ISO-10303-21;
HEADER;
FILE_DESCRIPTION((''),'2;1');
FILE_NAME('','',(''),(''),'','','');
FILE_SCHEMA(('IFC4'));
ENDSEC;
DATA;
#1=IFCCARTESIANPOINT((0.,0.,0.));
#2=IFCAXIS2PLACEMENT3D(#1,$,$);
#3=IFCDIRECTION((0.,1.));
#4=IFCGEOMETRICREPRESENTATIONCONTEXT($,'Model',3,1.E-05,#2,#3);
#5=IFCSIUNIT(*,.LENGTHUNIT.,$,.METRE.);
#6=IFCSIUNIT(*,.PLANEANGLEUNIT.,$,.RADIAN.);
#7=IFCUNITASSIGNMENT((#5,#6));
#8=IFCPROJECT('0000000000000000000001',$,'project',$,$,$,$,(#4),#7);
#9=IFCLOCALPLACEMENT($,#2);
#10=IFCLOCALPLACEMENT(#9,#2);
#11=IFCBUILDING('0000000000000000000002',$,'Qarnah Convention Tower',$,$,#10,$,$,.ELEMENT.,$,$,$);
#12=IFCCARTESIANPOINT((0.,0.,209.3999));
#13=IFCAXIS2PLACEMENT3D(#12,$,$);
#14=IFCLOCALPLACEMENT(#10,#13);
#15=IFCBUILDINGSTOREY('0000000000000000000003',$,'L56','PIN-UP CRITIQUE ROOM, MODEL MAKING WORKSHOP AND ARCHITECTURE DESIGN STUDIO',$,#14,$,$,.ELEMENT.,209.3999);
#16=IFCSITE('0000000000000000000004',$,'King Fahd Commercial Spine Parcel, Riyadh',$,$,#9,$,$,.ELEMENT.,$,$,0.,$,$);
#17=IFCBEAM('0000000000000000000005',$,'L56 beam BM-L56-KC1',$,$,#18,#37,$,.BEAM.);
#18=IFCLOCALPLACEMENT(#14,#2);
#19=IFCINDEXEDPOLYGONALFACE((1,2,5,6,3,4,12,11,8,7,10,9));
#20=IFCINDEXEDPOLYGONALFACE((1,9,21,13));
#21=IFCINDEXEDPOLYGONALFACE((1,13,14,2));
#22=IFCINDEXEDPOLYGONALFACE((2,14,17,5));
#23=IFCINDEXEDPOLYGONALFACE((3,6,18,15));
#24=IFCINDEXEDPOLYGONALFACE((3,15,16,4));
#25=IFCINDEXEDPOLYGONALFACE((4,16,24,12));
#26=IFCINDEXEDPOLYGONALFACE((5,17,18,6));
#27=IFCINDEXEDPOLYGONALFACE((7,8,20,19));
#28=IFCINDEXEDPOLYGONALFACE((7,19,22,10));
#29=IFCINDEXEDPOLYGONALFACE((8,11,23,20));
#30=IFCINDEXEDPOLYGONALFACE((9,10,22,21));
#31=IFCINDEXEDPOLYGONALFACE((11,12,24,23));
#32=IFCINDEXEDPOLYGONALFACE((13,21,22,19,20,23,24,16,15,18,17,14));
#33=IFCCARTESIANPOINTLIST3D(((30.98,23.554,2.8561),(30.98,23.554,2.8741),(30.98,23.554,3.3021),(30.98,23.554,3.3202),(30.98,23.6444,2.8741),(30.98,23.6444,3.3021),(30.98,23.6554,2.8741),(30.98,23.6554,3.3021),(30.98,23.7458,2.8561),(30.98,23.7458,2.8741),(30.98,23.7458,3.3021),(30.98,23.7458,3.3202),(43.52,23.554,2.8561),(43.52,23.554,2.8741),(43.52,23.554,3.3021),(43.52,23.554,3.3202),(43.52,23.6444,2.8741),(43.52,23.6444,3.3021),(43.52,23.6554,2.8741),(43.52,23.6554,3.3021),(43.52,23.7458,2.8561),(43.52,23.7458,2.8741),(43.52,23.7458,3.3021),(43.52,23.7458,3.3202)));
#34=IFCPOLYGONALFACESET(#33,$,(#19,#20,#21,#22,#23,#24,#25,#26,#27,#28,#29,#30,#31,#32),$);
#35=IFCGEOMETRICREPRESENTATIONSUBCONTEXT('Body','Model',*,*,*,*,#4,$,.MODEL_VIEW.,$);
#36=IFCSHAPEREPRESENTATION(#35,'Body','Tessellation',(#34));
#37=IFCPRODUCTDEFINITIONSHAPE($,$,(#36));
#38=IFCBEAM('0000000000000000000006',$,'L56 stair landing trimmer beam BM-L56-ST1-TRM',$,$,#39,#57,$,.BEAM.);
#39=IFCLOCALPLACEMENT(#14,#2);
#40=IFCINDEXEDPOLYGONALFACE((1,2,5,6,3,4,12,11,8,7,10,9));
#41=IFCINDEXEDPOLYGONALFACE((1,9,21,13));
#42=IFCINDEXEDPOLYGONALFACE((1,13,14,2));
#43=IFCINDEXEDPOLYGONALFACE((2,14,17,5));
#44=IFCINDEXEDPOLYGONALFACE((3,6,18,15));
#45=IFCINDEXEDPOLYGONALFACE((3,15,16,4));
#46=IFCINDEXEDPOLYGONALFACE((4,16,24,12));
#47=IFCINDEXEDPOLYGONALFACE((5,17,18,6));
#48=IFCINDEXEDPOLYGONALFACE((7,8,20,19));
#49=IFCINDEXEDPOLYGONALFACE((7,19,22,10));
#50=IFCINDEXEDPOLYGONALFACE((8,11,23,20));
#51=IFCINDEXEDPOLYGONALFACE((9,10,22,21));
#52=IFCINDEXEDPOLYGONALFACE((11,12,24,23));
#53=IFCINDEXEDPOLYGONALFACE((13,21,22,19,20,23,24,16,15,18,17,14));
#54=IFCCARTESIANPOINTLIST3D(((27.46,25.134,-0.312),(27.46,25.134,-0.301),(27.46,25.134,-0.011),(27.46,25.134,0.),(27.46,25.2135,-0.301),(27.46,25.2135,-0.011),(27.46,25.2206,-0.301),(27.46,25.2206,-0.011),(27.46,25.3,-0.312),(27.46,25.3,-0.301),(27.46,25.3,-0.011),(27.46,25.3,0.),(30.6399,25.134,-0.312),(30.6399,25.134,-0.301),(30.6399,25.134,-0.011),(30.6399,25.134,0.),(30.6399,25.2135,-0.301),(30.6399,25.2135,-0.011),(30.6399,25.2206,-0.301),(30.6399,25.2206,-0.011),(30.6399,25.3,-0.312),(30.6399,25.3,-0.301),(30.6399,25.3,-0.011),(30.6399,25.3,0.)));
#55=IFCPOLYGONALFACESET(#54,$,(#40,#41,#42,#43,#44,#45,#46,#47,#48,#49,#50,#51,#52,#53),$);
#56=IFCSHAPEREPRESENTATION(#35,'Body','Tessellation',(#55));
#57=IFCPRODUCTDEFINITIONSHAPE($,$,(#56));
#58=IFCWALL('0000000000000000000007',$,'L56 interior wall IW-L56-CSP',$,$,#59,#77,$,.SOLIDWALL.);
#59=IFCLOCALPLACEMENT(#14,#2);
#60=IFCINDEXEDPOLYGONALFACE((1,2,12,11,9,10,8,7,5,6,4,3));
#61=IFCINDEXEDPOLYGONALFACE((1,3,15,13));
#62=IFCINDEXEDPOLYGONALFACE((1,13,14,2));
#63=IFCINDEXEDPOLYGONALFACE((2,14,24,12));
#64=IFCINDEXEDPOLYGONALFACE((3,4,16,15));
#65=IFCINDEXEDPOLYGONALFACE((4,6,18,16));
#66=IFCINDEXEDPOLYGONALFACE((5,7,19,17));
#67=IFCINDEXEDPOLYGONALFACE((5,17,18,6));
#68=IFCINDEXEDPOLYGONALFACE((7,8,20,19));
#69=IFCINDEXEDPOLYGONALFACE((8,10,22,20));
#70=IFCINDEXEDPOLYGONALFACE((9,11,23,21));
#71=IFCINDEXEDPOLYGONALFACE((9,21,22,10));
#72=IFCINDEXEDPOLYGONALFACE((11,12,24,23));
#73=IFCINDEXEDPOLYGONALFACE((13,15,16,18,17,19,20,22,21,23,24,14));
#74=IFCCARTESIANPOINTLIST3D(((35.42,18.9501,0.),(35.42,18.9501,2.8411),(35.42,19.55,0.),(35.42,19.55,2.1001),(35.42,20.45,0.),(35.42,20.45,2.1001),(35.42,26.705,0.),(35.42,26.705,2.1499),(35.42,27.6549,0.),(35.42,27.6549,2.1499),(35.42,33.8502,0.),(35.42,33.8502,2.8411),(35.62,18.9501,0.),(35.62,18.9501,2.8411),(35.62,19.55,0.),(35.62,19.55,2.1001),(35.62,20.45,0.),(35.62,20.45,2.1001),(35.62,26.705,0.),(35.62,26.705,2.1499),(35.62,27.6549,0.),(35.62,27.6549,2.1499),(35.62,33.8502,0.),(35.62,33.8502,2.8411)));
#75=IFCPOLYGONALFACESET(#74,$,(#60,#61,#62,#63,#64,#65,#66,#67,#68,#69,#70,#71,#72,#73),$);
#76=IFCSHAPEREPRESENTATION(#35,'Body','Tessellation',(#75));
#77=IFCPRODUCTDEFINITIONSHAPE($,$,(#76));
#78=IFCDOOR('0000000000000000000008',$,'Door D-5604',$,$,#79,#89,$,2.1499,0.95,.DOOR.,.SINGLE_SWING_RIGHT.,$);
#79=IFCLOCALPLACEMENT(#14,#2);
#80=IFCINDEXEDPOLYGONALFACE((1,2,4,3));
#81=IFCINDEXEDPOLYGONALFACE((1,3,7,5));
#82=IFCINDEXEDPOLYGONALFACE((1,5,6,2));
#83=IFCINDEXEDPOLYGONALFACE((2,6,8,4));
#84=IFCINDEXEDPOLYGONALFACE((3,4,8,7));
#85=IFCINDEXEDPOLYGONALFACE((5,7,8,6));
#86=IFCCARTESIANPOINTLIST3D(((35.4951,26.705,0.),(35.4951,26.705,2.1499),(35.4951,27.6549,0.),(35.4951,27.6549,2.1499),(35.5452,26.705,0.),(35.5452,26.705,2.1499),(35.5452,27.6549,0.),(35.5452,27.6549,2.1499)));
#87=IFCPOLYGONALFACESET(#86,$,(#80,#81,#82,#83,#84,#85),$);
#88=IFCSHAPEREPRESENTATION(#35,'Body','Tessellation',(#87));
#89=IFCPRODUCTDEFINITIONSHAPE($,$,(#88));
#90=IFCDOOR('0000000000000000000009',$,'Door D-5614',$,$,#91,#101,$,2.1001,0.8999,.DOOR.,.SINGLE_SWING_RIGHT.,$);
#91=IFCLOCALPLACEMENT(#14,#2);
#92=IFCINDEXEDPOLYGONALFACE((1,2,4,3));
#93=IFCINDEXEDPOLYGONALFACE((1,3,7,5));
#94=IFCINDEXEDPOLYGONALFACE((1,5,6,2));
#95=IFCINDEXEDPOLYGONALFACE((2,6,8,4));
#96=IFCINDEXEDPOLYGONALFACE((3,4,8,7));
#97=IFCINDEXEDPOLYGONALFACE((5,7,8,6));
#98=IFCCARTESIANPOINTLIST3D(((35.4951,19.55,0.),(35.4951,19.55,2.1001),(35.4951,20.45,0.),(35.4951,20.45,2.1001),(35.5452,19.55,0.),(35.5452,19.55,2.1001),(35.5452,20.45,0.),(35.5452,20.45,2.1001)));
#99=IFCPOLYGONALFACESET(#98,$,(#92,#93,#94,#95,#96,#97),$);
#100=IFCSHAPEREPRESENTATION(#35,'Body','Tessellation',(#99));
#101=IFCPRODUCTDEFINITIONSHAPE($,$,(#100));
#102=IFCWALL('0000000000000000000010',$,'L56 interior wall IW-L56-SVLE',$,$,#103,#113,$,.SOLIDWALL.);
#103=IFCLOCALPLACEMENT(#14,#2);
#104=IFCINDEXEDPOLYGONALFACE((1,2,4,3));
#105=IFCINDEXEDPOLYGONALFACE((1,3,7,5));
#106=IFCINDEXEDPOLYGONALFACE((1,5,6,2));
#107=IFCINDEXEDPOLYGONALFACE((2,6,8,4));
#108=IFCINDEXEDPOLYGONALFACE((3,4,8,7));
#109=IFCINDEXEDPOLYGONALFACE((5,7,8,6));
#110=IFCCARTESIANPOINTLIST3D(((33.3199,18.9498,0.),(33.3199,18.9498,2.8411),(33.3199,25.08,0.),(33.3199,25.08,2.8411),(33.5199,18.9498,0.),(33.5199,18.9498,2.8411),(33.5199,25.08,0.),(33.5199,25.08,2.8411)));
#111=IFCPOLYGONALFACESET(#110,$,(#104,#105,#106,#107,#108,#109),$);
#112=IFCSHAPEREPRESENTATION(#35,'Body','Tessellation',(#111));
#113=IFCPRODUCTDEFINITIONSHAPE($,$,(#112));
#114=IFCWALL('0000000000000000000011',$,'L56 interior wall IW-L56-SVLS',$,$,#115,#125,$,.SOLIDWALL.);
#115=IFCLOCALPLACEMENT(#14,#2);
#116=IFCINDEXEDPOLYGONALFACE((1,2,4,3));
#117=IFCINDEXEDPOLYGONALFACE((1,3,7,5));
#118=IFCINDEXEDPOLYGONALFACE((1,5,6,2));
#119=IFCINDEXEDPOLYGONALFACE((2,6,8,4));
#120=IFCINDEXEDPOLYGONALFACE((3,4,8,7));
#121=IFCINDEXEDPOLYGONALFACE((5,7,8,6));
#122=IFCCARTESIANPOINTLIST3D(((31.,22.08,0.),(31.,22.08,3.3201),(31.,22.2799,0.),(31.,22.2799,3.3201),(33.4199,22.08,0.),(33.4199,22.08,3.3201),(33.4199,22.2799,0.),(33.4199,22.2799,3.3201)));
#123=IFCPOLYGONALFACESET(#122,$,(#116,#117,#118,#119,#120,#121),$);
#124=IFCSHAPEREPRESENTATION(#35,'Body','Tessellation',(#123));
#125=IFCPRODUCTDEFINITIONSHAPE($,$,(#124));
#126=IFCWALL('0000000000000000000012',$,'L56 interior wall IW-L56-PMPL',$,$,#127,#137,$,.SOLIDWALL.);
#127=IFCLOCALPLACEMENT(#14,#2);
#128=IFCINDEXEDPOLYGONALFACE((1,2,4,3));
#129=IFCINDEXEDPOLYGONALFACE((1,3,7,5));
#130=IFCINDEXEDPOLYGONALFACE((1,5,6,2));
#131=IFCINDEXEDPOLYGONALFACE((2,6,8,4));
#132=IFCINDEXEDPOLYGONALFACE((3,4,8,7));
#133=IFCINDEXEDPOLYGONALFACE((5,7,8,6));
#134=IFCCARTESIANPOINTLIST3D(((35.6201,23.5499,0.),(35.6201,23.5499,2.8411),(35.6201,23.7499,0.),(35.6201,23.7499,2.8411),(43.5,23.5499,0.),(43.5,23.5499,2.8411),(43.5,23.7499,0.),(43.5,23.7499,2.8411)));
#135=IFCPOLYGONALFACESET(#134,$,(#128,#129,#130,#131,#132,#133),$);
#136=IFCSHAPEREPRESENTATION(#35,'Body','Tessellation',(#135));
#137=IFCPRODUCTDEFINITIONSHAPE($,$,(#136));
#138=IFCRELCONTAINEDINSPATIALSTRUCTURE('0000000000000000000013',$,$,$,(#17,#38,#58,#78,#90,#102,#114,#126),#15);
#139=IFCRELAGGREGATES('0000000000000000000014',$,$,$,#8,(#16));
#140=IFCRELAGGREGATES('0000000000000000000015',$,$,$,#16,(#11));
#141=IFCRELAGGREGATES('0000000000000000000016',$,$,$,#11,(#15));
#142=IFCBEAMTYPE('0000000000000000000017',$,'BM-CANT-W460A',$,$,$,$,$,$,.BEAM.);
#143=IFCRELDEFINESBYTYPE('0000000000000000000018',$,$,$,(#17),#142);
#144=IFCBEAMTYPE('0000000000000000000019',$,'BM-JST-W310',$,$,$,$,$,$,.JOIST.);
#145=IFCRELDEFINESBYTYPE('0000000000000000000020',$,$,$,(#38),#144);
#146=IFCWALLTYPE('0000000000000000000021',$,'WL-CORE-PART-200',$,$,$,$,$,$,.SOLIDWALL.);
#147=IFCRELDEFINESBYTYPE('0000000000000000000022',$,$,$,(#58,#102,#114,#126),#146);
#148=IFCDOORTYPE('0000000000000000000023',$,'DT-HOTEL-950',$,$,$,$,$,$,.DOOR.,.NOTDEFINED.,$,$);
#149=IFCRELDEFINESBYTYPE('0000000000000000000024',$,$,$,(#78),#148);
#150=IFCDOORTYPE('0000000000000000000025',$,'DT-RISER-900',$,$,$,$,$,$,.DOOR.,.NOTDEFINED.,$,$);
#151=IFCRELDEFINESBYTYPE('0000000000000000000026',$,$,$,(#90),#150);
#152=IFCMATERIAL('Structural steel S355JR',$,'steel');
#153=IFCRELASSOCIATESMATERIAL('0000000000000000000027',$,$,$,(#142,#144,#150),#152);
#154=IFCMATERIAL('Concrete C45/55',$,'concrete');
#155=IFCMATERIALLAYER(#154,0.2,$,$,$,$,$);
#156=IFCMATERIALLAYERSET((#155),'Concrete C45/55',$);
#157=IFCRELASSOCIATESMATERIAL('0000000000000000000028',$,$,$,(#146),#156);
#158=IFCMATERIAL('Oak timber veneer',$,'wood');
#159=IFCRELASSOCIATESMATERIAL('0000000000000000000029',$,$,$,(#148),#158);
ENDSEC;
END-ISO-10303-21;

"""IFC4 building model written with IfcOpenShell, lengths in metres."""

from ifc_helpers import new_model, si_unit, direction, frame, frame_2d, origin, origin_2d, place, context, subcontext, project, spatial, rectangle, i_section, extrude, material, layer, layer_set, material_profile, profile_set, type_object, element, fill, save


model = new_model("IFC4")

# Units and contexts
model_context = context("Model", 3, precision=1e-05, world=origin(), true_north=direction((0.0, 1.0)))
body_context = subcontext(model_context, "Body", "Model", "MODEL_VIEW")
ifc_project = project(units=[si_unit("LENGTHUNIT", "METRE"), si_unit("PLANEANGLEUNIT", "RADIAN")], contexts=[model_context])

# Site, building, storey
site_placement = place(None, origin())
site = spatial("IfcSite", under=ifc_project, at=site_placement, Name="King Fahd Commercial Spine Parcel, Riyadh", CompositionType="ELEMENT", RefElevation=0.0)
building_placement = place(site_placement, origin())
building = spatial("IfcBuilding", under=site, at=building_placement, Name="Qarnah Convention Tower", CompositionType="ELEMENT")
storey_placement = place(building_placement, frame((0.0, 0.0, 209.3999)))
storey = spatial("IfcBuildingStorey", under=building, at=storey_placement, Name="L56", Description="PIN-UP CRITIQUE ROOM, MODEL MAKING WORKSHOP AND ARCHITECTURE DESIGN STUDIO", CompositionType="ELEMENT", Elevation=209.3999)

# Beams
ifc_material_1 = material(Name="Structural steel S355JR", Category="steel")
ifc_material_profile_1 = material_profile(ifc_material_1, i_section(OverallWidth=0.1919, OverallDepth=0.4641, WebThickness=0.011, FlangeThickness=0.0181, at=origin_2d()), Name="W460X89")
ifc_profile_set_1 = profile_set([ifc_material_profile_1], Name="Structural steel S355JR")
beam_type_1 = type_object("IfcBeamType", Name="BM-CANT-W460A", PredefinedType="BEAM", material=ifc_profile_set_1)
beam_1_placement = place(storey_placement, frame((30.98, 23.6499, 3.0881), z_axis=(1.0, 0.0, 0.0), x_axis=(0.0, 1.0, 0.0)))
element("IfcBeam", 1, at=beam_1_placement, inside=storey, type_object=beam_type_1, Name="L56 beam BM-L56-KC1", PredefinedType="BEAM", context=body_context, shape_type="SweptSolid", body=[
    extrude(i_section(OverallWidth=0.1919, OverallDepth=0.4641, WebThickness=0.011, FlangeThickness=0.0181, at=origin_2d()), origin(), (0.0, 0.0, 1.0), 12.54),
])
ifc_material_profile_2 = material_profile(ifc_material_1, i_section(OverallWidth=0.166, OverallDepth=0.312, WebThickness=0.0071, FlangeThickness=0.011, at=origin_2d()), Name="W310X45")
ifc_profile_set_2 = profile_set([ifc_material_profile_2], Name="Structural steel S355JR")
beam_type_2 = type_object("IfcBeamType", Name="BM-JST-W310", PredefinedType="JOIST", material=ifc_profile_set_2)
beam_2_placement = place(storey_placement, frame((27.46, 25.217, -0.156), z_axis=(1.0, 0.0, 0.0), x_axis=(0.0, 1.0, 0.0)))
element("IfcBeam", 2, at=beam_2_placement, inside=storey, type_object=beam_type_2, Name="L56 stair landing trimmer beam BM-L56-ST1-TRM", PredefinedType="BEAM", context=body_context, shape_type="SweptSolid", body=[
    extrude(i_section(OverallWidth=0.166, OverallDepth=0.312, WebThickness=0.0071, FlangeThickness=0.011, at=origin_2d()), origin(), (0.0, 0.0, 1.0), 3.1799),
])

# Wall, openings, doors
ifc_material_2 = material(Name="Concrete C45/55", Category="concrete")
ifc_layer_1 = layer(ifc_material_2, 0.2)
ifc_layer_set_1 = layer_set([ifc_layer_1], Name="Concrete C45/55")
wall_type_1 = type_object("IfcWallType", Name="WL-CORE-PART-200", PredefinedType="SOLIDWALL", material=ifc_layer_set_1)
wall_1_placement = place(storey_placement, frame((35.52, 18.95, 0.0), z_axis=(0.0, 0.0, 1.0), x_axis=(0.0, 1.0, 0.0)))
wall_1 = element("IfcWall", 3, at=wall_1_placement, inside=storey, type_object=wall_type_1, Name="L56 interior wall IW-L56-CSP", PredefinedType="SOLIDWALL", context=body_context, shape_type="SweptSolid", body=[
    extrude(rectangle(XDim=14.9001, YDim=0.2, at=frame_2d((7.4502, 0.0))), origin(), (0.0, 0.0, 1.0), 2.8411),
])
opening_1_placement = place(wall_1_placement, frame((7.7549, 0.0, 0.0)))
opening_1 = element("IfcOpeningElement", 4, at=opening_1_placement, cuts=wall_1, PredefinedType="OPENING", context=body_context, shape_type="SweptSolid", body=[
    extrude(rectangle(XDim=0.95, YDim=2.1499, at=frame_2d((0.4751, 1.075))), frame((0.0, 0.1099, 0.0), z_axis=(0.0, -1.0, 0.0), x_axis=(1.0, 0.0, 0.0)), (0.0, 0.0, 1.0), 0.22),
])
opening_2_placement = place(wall_1_placement, frame((0.6001, 0.0, 0.0)))
opening_2 = element("IfcOpeningElement", 5, at=opening_2_placement, cuts=wall_1, PredefinedType="OPENING", context=body_context, shape_type="SweptSolid", body=[
    extrude(rectangle(XDim=0.8999, YDim=2.1001, at=frame_2d((0.45, 1.05))), frame((0.0, 0.1099, 0.0), z_axis=(0.0, -1.0, 0.0), x_axis=(1.0, 0.0, 0.0)), (0.0, 0.0, 1.0), 0.22),
])
ifc_material_3 = material(Name="Oak timber veneer", Category="wood")
door_type_1 = type_object("IfcDoorType", Name="DT-HOTEL-950", OperationType="NOTDEFINED", PredefinedType="DOOR", material=ifc_material_3)
door_1_placement = place(opening_1_placement, origin())
door_1 = element("IfcDoor", 6, at=door_1_placement, inside=storey, type_object=door_type_1, Name="Door D-5604", OperationType="SINGLE_SWING_RIGHT", OverallHeight=2.1499, OverallWidth=0.95, PredefinedType="DOOR", context=body_context, shape_type="SweptSolid", body=[
    extrude(rectangle(XDim=0.95, YDim=2.1499, at=frame_2d((0.4751, 1.075))), frame((0.0, 0.0249, 0.0), z_axis=(0.0, -1.0, 0.0), x_axis=(1.0, 0.0, 0.0)), (0.0, 0.0, 1.0), 0.05),
])
fill(opening_1, door_1)
door_type_2 = type_object("IfcDoorType", Name="DT-RISER-900", OperationType="NOTDEFINED", PredefinedType="DOOR", material=ifc_material_1)
door_2_placement = place(opening_2_placement, origin())
door_2 = element("IfcDoor", 7, at=door_2_placement, inside=storey, type_object=door_type_2, Name="Door D-5614", OperationType="SINGLE_SWING_RIGHT", OverallHeight=2.1001, OverallWidth=0.8999, PredefinedType="DOOR", context=body_context, shape_type="SweptSolid", body=[
    extrude(rectangle(XDim=0.8999, YDim=2.1001, at=frame_2d((0.45, 1.05))), frame((0.0, 0.0249, 0.0), z_axis=(0.0, -1.0, 0.0), x_axis=(1.0, 0.0, 0.0)), (0.0, 0.0, 1.0), 0.05),
])
fill(opening_2, door_2)

# Walls
wall_2_placement = place(storey_placement, frame((33.4199, 18.95, 0.0), z_axis=(0.0, 0.0, 1.0), x_axis=(0.0, 1.0, 0.0)))
element("IfcWall", 8, at=wall_2_placement, inside=storey, type_object=wall_type_1, Name="L56 interior wall IW-L56-SVLE", PredefinedType="SOLIDWALL", context=body_context, shape_type="SweptSolid", body=[
    extrude(rectangle(XDim=6.1301, YDim=0.2, at=frame_2d((3.0649, 0.0))), origin(), (0.0, 0.0, 1.0), 2.8411),
])
wall_3_placement = place(storey_placement, frame((31.0, 22.1799, 0.0), z_axis=(0.0, 0.0, 1.0), x_axis=(1.0, 0.0, 0.0)))
element("IfcWall", 9, at=wall_3_placement, inside=storey, type_object=wall_type_1, Name="L56 interior wall IW-L56-SVLS", PredefinedType="SOLIDWALL", context=body_context, shape_type="SweptSolid", body=[
    extrude(rectangle(XDim=2.4199, YDim=0.2, at=frame_2d((1.21, 0.0))), origin(), (0.0, 0.0, 1.0), 3.3201),
])
wall_4_placement = place(storey_placement, frame((35.6201, 23.6499, 0.0), z_axis=(0.0, 0.0, 1.0), x_axis=(1.0, 0.0, 0.0)))
element("IfcWall", 10, at=wall_4_placement, inside=storey, type_object=wall_type_1, Name="L56 interior wall IW-L56-PMPL", PredefinedType="SOLIDWALL", context=body_context, shape_type="SweptSolid", body=[
    extrude(rectangle(XDim=7.8799, YDim=0.2, at=frame_2d((3.9399, 0.0))), origin(), (0.0, 0.0, 1.0), 2.8411),
])

save(model, "model.ifc")
